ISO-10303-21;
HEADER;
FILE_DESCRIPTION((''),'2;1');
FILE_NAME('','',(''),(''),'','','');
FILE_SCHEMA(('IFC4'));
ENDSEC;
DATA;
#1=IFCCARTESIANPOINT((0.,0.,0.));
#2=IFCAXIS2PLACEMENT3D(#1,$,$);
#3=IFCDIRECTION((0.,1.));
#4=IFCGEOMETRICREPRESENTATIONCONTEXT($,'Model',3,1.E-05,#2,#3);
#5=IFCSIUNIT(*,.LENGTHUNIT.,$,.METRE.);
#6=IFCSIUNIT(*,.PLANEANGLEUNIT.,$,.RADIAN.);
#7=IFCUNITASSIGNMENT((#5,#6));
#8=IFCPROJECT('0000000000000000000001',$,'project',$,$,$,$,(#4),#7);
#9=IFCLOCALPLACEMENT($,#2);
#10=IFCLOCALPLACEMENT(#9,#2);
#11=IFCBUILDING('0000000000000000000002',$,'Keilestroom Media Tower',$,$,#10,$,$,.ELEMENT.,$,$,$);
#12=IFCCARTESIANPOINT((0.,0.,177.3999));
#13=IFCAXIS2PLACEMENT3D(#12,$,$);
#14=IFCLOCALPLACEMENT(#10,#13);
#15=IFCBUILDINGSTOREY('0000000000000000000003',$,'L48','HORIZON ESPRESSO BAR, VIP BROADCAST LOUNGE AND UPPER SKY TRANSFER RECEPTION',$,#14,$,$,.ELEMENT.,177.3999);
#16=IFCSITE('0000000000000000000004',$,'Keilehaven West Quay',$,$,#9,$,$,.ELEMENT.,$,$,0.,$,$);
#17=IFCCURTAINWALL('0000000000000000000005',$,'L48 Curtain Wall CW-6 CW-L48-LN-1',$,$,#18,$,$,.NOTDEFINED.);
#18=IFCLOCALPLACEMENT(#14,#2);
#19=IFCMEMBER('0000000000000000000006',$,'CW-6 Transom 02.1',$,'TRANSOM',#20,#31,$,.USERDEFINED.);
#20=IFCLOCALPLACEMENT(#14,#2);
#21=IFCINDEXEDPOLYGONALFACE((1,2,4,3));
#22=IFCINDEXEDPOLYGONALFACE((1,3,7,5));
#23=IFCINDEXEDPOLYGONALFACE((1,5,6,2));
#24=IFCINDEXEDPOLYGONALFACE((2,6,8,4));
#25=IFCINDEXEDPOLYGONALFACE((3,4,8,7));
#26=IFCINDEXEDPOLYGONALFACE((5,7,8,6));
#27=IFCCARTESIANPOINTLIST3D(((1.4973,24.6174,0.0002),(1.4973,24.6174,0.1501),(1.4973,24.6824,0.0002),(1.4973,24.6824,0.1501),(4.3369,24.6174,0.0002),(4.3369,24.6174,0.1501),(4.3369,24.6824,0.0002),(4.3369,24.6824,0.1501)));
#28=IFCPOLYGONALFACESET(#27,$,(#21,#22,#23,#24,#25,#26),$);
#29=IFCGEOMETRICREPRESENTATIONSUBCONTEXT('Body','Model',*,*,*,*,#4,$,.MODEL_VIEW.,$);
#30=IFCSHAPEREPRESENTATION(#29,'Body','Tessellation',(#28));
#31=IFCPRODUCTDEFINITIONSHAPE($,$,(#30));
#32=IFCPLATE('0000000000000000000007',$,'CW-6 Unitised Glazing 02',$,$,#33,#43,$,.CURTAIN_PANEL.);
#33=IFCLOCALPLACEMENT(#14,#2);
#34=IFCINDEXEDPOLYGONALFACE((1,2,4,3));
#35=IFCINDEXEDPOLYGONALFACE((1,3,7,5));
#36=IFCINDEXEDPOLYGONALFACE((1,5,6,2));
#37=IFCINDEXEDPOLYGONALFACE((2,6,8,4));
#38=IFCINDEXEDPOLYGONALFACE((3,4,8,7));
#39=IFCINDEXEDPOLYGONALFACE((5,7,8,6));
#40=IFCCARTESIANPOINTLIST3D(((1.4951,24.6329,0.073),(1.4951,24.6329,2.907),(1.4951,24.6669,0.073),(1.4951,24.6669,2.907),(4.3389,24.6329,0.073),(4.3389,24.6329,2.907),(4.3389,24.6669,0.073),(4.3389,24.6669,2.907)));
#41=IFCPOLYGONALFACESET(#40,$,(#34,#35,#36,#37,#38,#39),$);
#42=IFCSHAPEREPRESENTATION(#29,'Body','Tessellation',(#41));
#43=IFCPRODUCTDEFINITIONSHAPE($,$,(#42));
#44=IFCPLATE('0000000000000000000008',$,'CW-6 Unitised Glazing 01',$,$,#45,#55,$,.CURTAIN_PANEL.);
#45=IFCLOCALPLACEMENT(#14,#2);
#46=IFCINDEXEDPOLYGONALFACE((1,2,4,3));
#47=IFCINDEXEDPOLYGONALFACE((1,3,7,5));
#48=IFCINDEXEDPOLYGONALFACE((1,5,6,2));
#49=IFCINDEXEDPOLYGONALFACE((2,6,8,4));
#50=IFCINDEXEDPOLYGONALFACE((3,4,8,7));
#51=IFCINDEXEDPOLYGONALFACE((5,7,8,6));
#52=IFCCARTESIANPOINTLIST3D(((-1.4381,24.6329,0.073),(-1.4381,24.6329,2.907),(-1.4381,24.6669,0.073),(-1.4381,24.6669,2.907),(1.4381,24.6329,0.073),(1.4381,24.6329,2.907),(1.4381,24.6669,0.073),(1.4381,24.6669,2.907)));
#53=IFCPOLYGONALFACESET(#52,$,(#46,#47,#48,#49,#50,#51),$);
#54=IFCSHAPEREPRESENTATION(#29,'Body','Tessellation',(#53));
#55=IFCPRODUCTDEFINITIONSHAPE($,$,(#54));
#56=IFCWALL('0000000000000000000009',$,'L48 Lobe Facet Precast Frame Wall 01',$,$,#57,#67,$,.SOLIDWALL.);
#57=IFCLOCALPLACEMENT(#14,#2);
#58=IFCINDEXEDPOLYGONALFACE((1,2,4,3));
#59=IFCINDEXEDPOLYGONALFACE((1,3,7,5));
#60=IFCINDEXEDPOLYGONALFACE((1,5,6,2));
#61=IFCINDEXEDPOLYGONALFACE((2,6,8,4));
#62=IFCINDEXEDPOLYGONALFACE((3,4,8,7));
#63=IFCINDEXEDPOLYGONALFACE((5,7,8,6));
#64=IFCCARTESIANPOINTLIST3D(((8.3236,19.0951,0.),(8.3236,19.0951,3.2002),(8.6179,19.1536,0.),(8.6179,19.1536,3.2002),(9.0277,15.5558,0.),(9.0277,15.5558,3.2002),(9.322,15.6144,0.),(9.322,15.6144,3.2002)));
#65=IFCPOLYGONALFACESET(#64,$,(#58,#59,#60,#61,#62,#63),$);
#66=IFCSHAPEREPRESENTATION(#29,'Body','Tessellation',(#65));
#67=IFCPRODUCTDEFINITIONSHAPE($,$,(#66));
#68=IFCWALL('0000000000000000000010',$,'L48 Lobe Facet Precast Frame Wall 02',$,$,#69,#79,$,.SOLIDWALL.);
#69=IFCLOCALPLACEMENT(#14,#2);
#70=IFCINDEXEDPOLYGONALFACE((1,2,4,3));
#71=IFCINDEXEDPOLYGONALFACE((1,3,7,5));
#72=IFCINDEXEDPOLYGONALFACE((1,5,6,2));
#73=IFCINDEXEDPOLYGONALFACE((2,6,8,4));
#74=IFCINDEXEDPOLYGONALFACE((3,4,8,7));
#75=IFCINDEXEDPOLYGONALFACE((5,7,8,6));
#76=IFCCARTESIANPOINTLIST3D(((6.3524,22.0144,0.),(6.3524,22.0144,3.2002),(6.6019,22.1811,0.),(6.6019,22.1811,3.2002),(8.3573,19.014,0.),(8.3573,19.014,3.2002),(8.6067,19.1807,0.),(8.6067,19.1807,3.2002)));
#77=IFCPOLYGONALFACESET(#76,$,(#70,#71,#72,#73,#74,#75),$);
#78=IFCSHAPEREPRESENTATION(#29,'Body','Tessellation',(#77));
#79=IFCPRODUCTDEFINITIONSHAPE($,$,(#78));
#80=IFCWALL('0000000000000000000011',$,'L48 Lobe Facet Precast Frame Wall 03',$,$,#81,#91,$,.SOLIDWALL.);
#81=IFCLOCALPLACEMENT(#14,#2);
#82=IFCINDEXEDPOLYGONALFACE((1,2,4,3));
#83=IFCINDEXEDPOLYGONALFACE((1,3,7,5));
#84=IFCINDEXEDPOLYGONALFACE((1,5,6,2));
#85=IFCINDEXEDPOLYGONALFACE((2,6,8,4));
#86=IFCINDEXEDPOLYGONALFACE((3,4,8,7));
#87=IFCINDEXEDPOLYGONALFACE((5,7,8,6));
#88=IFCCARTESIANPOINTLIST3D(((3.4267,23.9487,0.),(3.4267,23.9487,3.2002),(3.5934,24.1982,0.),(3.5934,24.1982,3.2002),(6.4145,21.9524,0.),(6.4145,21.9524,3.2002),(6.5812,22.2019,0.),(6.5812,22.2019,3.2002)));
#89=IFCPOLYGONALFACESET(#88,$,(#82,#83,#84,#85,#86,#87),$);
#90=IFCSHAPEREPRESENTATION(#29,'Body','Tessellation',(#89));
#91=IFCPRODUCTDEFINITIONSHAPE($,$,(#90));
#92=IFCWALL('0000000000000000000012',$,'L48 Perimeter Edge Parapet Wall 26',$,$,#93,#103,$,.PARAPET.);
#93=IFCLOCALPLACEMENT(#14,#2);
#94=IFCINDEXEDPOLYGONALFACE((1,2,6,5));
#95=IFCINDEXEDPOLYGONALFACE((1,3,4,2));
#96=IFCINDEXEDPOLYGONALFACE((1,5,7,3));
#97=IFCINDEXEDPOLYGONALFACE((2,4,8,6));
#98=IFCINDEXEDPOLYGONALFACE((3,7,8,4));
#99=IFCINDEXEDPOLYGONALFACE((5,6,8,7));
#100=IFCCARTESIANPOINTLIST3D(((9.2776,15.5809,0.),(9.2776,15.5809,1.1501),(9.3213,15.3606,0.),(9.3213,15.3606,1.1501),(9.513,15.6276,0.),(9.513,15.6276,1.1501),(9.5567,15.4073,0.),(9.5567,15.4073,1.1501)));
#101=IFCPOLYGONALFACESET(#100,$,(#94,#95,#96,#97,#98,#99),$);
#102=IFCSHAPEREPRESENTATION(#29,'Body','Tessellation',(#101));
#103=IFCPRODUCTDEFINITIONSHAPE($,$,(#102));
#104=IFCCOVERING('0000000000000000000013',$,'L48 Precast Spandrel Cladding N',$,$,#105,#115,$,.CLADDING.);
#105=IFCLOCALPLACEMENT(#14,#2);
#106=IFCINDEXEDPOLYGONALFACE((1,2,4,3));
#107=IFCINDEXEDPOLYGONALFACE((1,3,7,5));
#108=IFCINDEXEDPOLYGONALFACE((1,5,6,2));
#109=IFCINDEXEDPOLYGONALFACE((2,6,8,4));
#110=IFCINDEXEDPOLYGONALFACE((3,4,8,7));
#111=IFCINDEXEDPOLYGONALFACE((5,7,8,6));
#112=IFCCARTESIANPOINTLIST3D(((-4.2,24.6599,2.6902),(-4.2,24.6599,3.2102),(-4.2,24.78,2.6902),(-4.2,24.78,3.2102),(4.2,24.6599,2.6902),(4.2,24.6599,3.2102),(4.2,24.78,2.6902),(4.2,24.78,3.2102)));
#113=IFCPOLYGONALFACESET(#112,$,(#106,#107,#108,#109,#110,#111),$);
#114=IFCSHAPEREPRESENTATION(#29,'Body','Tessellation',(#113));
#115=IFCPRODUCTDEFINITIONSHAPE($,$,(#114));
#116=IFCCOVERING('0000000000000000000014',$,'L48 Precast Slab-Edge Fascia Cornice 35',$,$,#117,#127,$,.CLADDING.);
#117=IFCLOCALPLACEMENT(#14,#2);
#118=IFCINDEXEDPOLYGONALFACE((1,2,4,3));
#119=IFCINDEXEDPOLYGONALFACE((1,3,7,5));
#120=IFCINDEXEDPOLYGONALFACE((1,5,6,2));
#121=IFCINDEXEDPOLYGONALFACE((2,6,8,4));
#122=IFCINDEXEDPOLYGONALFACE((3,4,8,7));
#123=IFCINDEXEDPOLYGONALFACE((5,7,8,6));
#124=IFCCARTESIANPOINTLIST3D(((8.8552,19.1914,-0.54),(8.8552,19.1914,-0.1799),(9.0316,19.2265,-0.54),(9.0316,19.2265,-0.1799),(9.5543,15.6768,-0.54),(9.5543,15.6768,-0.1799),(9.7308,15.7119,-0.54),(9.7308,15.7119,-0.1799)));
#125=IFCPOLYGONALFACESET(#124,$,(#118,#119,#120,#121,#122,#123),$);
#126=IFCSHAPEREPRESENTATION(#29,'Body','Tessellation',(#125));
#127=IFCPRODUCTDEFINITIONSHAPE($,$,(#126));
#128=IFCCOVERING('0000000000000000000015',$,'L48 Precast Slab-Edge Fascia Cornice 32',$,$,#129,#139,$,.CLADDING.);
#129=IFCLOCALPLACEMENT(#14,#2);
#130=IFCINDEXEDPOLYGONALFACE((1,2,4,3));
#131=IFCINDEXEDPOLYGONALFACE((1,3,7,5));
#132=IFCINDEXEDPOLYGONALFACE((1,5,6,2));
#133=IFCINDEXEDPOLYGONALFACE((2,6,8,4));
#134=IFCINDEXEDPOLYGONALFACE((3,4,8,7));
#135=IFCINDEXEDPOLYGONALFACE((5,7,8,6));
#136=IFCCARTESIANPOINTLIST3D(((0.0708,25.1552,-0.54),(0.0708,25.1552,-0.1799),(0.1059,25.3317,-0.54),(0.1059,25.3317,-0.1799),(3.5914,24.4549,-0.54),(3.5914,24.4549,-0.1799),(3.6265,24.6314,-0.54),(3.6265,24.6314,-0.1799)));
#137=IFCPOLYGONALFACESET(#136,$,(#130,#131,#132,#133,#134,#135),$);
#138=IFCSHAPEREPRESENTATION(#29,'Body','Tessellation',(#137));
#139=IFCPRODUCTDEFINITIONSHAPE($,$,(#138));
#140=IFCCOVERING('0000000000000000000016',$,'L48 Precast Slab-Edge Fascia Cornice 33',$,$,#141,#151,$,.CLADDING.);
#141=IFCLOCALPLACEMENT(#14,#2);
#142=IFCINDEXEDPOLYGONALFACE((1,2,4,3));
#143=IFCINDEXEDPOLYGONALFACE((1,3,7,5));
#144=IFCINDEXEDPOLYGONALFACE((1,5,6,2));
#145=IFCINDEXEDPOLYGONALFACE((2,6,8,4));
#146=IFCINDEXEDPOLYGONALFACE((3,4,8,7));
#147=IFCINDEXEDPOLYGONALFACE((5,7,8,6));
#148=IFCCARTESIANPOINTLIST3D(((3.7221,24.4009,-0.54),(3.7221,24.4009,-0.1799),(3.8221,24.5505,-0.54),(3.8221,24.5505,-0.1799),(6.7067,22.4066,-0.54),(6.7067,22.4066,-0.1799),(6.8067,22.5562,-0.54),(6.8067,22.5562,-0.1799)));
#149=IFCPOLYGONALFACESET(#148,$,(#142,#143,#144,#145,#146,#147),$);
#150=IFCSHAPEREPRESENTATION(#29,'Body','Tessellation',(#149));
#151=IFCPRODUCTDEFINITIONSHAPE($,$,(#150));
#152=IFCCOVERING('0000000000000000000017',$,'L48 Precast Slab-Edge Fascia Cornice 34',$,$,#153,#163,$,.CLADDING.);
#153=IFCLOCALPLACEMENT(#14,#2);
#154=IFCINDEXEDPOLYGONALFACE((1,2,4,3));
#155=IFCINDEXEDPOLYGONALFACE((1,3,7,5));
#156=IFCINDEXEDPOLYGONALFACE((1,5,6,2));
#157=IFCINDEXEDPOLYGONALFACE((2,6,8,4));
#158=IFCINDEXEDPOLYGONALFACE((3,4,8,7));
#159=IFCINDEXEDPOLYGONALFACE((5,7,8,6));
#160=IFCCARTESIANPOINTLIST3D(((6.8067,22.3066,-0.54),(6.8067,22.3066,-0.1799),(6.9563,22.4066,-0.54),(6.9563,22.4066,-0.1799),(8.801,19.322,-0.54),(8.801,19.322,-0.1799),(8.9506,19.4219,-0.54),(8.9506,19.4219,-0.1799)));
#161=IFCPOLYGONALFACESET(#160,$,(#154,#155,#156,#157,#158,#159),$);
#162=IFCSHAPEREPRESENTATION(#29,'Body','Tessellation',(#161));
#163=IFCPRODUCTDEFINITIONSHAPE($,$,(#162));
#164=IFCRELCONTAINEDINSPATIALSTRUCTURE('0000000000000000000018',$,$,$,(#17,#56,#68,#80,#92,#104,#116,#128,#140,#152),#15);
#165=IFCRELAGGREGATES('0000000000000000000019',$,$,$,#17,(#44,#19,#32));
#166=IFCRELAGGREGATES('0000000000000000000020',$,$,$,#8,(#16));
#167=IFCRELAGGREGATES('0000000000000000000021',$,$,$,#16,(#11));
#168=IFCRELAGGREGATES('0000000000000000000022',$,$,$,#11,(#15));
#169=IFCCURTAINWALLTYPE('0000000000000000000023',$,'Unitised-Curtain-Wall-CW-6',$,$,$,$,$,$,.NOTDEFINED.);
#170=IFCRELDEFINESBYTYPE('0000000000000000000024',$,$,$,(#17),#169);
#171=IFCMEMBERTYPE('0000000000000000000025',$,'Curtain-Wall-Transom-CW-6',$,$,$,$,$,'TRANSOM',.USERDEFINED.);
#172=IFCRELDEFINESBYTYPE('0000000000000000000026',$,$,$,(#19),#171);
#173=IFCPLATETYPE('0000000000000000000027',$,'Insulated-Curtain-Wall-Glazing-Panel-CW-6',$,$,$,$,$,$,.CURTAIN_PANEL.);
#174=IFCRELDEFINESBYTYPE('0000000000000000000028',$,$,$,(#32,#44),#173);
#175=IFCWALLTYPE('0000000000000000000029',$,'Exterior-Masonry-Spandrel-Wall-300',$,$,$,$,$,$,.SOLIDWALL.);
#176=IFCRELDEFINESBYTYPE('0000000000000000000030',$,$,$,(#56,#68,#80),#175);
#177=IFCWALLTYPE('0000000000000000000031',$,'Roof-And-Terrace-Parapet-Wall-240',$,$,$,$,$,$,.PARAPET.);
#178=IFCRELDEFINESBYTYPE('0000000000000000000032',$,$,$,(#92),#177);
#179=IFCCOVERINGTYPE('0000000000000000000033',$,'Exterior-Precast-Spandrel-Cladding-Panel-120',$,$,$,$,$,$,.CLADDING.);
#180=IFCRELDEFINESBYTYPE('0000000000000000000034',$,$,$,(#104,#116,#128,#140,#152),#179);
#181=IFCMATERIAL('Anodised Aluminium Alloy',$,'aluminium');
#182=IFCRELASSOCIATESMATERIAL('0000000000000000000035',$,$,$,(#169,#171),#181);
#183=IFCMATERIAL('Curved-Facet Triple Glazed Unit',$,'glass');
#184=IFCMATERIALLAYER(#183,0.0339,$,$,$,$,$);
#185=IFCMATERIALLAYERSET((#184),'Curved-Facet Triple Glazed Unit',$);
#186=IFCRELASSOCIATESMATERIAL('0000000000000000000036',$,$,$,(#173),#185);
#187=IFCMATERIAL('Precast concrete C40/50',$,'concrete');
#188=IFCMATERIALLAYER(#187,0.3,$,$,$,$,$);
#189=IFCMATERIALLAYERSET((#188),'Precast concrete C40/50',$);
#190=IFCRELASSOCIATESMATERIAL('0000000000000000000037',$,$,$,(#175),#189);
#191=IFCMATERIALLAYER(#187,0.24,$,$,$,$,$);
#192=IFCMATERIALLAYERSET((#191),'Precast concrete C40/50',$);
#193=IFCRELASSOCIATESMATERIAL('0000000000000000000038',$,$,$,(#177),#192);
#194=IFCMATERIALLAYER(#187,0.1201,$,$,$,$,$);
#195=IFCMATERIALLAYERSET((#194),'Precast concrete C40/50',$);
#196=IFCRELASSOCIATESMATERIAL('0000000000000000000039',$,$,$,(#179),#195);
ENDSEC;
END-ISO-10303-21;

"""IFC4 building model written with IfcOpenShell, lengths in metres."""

from ifc_helpers import new_model, si_unit, direction, frame, frame_2d, origin, origin_2d, place, context, subcontext, project, spatial, rectangle, extrude, source, transform, mapped, material, layer, layer_set, material_profile, profile_set, type_object, element, aggregate, save


model = new_model("IFC4")

# Units and contexts
model_context = context("Model", 3, precision=1e-05, world=origin(), true_north=direction((0.0, 1.0)))
body_context = subcontext(model_context, "Body", "Model", "MODEL_VIEW")
ifc_project = project(units=[si_unit("LENGTHUNIT", "METRE"), si_unit("PLANEANGLEUNIT", "RADIAN")], contexts=[model_context])

# Site, building, storey
site_placement = place(None, origin())
site = spatial("IfcSite", under=ifc_project, at=site_placement, Name="Keilehaven West Quay", CompositionType="ELEMENT", RefElevation=0.0)
building_placement = place(site_placement, origin())
building = spatial("IfcBuilding", under=site, at=building_placement, Name="Keilestroom Media Tower", CompositionType="ELEMENT")
storey_placement = place(building_placement, frame((0.0, 0.0, 177.3999)))
storey = spatial("IfcBuildingStorey", under=building, at=storey_placement, Name="L48", Description="HORIZON ESPRESSO BAR, VIP BROADCAST LOUNGE AND UPPER SKY TRANSFER RECEPTION", CompositionType="ELEMENT", Elevation=177.3999)

# Curtain wall, member, plates
ifc_material_1 = material(Name="Anodised Aluminium Alloy", Category="aluminium")
curtain_wall_type = type_object("IfcCurtainWallType", Name="Unitised-Curtain-Wall-CW-6", PredefinedType="NOTDEFINED", material=ifc_material_1)
curtain_wall_placement = place(storey_placement, origin())
curtain_wall = element("IfcCurtainWall", 1, at=curtain_wall_placement, inside=storey, type_object=curtain_wall_type, Name="L48 Curtain Wall CW-6 CW-L48-LN-1", PredefinedType="NOTDEFINED")
ifc_material_profile_1 = material_profile(ifc_material_1, rectangle(XDim=0.0649, YDim=0.1499, at=origin_2d()), Name="ALU TRANSOM 65x150")
ifc_profile_set_1 = profile_set([ifc_material_profile_1], Name="Anodised Aluminium Alloy")
member_type_1 = type_object("IfcMemberType", Name="Curtain-Wall-Transom-CW-6", ElementType="TRANSOM", PredefinedType="USERDEFINED", material=ifc_profile_set_1)
shared_shape_1 = source(origin(), body_context, "Body", "SweptSolid", [
    extrude(rectangle(XDim=0.0649, YDim=0.1499, at=origin_2d()), origin(), (0.0, 0.0, 1.0), 2.8396),
])
member_1_placement = place(storey_placement, frame((1.4973, 24.6499, 0.0752), z_axis=(1.0, 0.0, 0.0), x_axis=(0.0, 1.0, 0.0)))
member_1 = element("IfcMember", 2, at=member_1_placement, type_object=member_type_1, Name="CW-6 Transom 02.1", ObjectType="TRANSOM", PredefinedType="USERDEFINED", context=body_context, shape_type="MappedRepresentation", body=[
    mapped(shared_shape_1, transform((0.0, 0.0, 0.0), x_axis=(1.0, 0.0, 0.0), y_axis=(0.0, 1.0, 0.0), z_axis=(0.0, 0.0, 1.0), scale=1.0)),
])
ifc_material_2 = material(Name="Curved-Facet Triple Glazed Unit", Category="glass")
ifc_layer_1 = layer(ifc_material_2, 0.0339)
ifc_layer_set_1 = layer_set([ifc_layer_1], Name="Curved-Facet Triple Glazed Unit")
plate_type = type_object("IfcPlateType", Name="Insulated-Curtain-Wall-Glazing-Panel-CW-6", PredefinedType="CURTAIN_PANEL", material=ifc_layer_set_1)
shared_shape_2 = source(origin(), body_context, "Body", "SweptSolid", [
    extrude(rectangle(XDim=2.8438, YDim=0.0339, at=origin_2d()), origin(), (0.0, 0.0, 1.0), 2.834),
])
plate_1_placement = place(storey_placement, frame((2.917, 24.6499, 0.073), z_axis=(0.0, 0.0, 1.0), x_axis=(1.0, 0.0, 0.0)))
plate_1 = element("IfcPlate", 3, at=plate_1_placement, type_object=plate_type, Name="CW-6 Unitised Glazing 02", PredefinedType="CURTAIN_PANEL", context=body_context, shape_type="MappedRepresentation", body=[
    mapped(shared_shape_2, transform((0.0, 0.0, 0.0), x_axis=(1.0, 0.0, 0.0), y_axis=(0.0, 1.0, 0.0), z_axis=(0.0, 0.0, 1.0), scale=1.0)),
])
shared_shape_3 = source(origin(), body_context, "Body", "SweptSolid", [
    extrude(rectangle(XDim=2.8762, YDim=0.0339, at=origin_2d()), origin(), (0.0, 0.0, 1.0), 2.834),
])
plate_2_placement = place(storey_placement, frame((0.0, 24.6499, 0.073), z_axis=(0.0, 0.0, 1.0), x_axis=(1.0, 0.0, 0.0)))
plate_2 = element("IfcPlate", 4, at=plate_2_placement, type_object=plate_type, Name="CW-6 Unitised Glazing 01", PredefinedType="CURTAIN_PANEL", context=body_context, shape_type="MappedRepresentation", body=[
    mapped(shared_shape_3, transform((0.0, 0.0, 0.0), x_axis=(1.0, 0.0, 0.0), y_axis=(0.0, 1.0, 0.0), z_axis=(0.0, 0.0, 1.0), scale=1.0)),
])
aggregate(curtain_wall, [plate_2, member_1, plate_1])

# Walls
ifc_material_3 = material(Name="Precast concrete C40/50", Category="concrete")
ifc_layer_2 = layer(ifc_material_3, 0.3)
ifc_layer_set_2 = layer_set([ifc_layer_2], Name="Precast concrete C40/50")
wall_type_1 = type_object("IfcWallType", Name="Exterior-Masonry-Spandrel-Wall-300", PredefinedType="SOLIDWALL", material=ifc_layer_set_2)
for number, where, z_axis, x_axis, name in (
    (5, (9.1748, 15.5852, 0.0), (0.0, 0.0, 1.0), (-0.195114, 0.980781, 0.0), "L48 Lobe Facet Precast Frame Wall 01"),
    (6, (8.4819, 19.0974, 0.0), (0.0, 0.0, 1.0), (-0.555574, 0.831467, 0.0), "L48 Lobe Facet Precast Frame Wall 02"),
):
    element("IfcWall", number, at=place(storey_placement, frame(where, z_axis=z_axis, x_axis=x_axis)), inside=storey, type_object=wall_type_1, Name=name, PredefinedType="SOLIDWALL", context=body_context, shape_type="SweptSolid", body=[
        extrude(rectangle(XDim=3.6086, YDim=0.3, at=frame_2d((1.8042, 0.0))), origin(), (0.0, 0.0, 1.0), 3.2002),
    ])
wall_1_placement = place(storey_placement, frame((6.4978, 22.0771, 0.0), z_axis=(0.0, 0.0, 1.0), x_axis=(-0.831475, 0.555562, 0.0)))
element("IfcWall", 7, at=wall_1_placement, inside=storey, type_object=wall_type_1, Name="L48 Lobe Facet Precast Frame Wall 03", PredefinedType="SOLIDWALL", context=body_context, shape_type="SweptSolid", body=[
    extrude(rectangle(XDim=3.5933, YDim=0.3, at=frame_2d((1.7966, 0.0))), origin(), (0.0, 0.0, 1.0), 3.2002),
])
ifc_layer_3 = layer(ifc_material_3, 0.24)
ifc_layer_set_3 = layer_set([ifc_layer_3], Name="Precast concrete C40/50")
wall_type_2 = type_object("IfcWallType", Name="Roof-And-Terrace-Parapet-Wall-240", PredefinedType="PARAPET", material=ifc_layer_set_3)
wall_2_placement = place(storey_placement, frame((9.3953, 15.6042, 0.0), z_axis=(0.0, 0.0, 1.0), x_axis=(0.194652, -0.980872, 0.0)))
element("IfcWall", 8, at=wall_2_placement, inside=storey, type_object=wall_type_2, Name="L48 Perimeter Edge Parapet Wall 26", PredefinedType="PARAPET", context=body_context, shape_type="SweptSolid", body=[
    extrude(rectangle(XDim=0.2246, YDim=0.24, at=frame_2d((0.1123, 0.0))), origin(), (0.0, 0.0, 1.0), 1.1501),
])

# Coverings
ifc_layer_4 = layer(ifc_material_3, 0.1201)
ifc_layer_set_4 = layer_set([ifc_layer_4], Name="Precast concrete C40/50")
covering_type = type_object("IfcCoveringType", Name="Exterior-Precast-Spandrel-Cladding-Panel-120", PredefinedType="CLADDING", material=ifc_layer_set_4)
shared_shape_4 = source(origin(), body_context, "Body", "SweptSolid", [
    extrude(rectangle(XDim=8.3999, YDim=0.1201, at=origin_2d()), origin(), (0.0, 0.0, 1.0), 0.52),
])
covering_1_placement = place(storey_placement, frame((0.0, 24.72, 2.6902), z_axis=(0.0, 0.0, 1.0), x_axis=(1.0, 0.0, 0.0)))
element("IfcCovering", 9, at=covering_1_placement, inside=storey, type_object=covering_type, Name="L48 Precast Spandrel Cladding N", PredefinedType="CLADDING", context=body_context, shape_type="MappedRepresentation", body=[
    mapped(shared_shape_4, transform((0.0, 0.0, 0.0), x_axis=(1.0, 0.0, 0.0), y_axis=(0.0, 1.0, 0.0), z_axis=(0.0, 0.0, 1.0), scale=1.0)),
])
shared_shape_5 = source(origin(), body_context, "Body", "SweptSolid", [
    extrude(rectangle(XDim=3.5835, YDim=0.1799, at=origin_2d()), origin(), (0.0, 0.0, 1.0), 0.3601),
])
covering_2_placement = place(storey_placement, frame((9.293, 17.4517, -0.54), z_axis=(0.0, 0.0, 1.0), x_axis=(0.195099, -0.980784, 0.0)))
element("IfcCovering", 10, at=covering_2_placement, inside=storey, type_object=covering_type, Name="L48 Precast Slab-Edge Fascia Cornice 35", PredefinedType="CLADDING", context=body_context, shape_type="MappedRepresentation", body=[
    mapped(shared_shape_5, transform((0.0, 0.0, 0.0), x_axis=(1.0, 0.0, 0.0), y_axis=(0.0, 1.0, 0.0), z_axis=(0.0, 0.0, 1.0), scale=1.0)),
])
shared_shape_6 = source(origin(), body_context, "Body", "SweptSolid", [
    extrude(rectangle(XDim=3.5896, YDim=0.1799, at=origin_2d()), origin(), (0.0, 0.0, 1.0), 0.3601),
])
for number, where, z_axis, x_axis, name in (
    (11, (1.8486, 24.8933, -0.54), (0.0, 0.0, 1.0), (0.980784, -0.195099, 0.0), "L48 Precast Slab-Edge Fascia Cornice 32"),
    (12, (5.2644, 23.4785, -0.54), (0.0, 0.0, 1.0), (0.831467, -0.555575, 0.0), "L48 Precast Slab-Edge Fascia Cornice 33"),
    (13, (7.8787, 20.8643, -0.54), (0.0, 0.0, 1.0), (0.555575, -0.831467, 0.0), "L48 Precast Slab-Edge Fascia Cornice 34"),
):
    element("IfcCovering", number, at=place(storey_placement, frame(where, z_axis=z_axis, x_axis=x_axis)), inside=storey, type_object=covering_type, Name=name, PredefinedType="CLADDING", context=body_context, shape_type="MappedRepresentation", body=[
        mapped(shared_shape_6, transform((0.0, 0.0, 0.0), x_axis=(1.0, 0.0, 0.0), y_axis=(0.0, 1.0, 0.0), z_axis=(0.0, 0.0, 1.0), scale=1.0)),
    ])

save(model, "model.ifc")
